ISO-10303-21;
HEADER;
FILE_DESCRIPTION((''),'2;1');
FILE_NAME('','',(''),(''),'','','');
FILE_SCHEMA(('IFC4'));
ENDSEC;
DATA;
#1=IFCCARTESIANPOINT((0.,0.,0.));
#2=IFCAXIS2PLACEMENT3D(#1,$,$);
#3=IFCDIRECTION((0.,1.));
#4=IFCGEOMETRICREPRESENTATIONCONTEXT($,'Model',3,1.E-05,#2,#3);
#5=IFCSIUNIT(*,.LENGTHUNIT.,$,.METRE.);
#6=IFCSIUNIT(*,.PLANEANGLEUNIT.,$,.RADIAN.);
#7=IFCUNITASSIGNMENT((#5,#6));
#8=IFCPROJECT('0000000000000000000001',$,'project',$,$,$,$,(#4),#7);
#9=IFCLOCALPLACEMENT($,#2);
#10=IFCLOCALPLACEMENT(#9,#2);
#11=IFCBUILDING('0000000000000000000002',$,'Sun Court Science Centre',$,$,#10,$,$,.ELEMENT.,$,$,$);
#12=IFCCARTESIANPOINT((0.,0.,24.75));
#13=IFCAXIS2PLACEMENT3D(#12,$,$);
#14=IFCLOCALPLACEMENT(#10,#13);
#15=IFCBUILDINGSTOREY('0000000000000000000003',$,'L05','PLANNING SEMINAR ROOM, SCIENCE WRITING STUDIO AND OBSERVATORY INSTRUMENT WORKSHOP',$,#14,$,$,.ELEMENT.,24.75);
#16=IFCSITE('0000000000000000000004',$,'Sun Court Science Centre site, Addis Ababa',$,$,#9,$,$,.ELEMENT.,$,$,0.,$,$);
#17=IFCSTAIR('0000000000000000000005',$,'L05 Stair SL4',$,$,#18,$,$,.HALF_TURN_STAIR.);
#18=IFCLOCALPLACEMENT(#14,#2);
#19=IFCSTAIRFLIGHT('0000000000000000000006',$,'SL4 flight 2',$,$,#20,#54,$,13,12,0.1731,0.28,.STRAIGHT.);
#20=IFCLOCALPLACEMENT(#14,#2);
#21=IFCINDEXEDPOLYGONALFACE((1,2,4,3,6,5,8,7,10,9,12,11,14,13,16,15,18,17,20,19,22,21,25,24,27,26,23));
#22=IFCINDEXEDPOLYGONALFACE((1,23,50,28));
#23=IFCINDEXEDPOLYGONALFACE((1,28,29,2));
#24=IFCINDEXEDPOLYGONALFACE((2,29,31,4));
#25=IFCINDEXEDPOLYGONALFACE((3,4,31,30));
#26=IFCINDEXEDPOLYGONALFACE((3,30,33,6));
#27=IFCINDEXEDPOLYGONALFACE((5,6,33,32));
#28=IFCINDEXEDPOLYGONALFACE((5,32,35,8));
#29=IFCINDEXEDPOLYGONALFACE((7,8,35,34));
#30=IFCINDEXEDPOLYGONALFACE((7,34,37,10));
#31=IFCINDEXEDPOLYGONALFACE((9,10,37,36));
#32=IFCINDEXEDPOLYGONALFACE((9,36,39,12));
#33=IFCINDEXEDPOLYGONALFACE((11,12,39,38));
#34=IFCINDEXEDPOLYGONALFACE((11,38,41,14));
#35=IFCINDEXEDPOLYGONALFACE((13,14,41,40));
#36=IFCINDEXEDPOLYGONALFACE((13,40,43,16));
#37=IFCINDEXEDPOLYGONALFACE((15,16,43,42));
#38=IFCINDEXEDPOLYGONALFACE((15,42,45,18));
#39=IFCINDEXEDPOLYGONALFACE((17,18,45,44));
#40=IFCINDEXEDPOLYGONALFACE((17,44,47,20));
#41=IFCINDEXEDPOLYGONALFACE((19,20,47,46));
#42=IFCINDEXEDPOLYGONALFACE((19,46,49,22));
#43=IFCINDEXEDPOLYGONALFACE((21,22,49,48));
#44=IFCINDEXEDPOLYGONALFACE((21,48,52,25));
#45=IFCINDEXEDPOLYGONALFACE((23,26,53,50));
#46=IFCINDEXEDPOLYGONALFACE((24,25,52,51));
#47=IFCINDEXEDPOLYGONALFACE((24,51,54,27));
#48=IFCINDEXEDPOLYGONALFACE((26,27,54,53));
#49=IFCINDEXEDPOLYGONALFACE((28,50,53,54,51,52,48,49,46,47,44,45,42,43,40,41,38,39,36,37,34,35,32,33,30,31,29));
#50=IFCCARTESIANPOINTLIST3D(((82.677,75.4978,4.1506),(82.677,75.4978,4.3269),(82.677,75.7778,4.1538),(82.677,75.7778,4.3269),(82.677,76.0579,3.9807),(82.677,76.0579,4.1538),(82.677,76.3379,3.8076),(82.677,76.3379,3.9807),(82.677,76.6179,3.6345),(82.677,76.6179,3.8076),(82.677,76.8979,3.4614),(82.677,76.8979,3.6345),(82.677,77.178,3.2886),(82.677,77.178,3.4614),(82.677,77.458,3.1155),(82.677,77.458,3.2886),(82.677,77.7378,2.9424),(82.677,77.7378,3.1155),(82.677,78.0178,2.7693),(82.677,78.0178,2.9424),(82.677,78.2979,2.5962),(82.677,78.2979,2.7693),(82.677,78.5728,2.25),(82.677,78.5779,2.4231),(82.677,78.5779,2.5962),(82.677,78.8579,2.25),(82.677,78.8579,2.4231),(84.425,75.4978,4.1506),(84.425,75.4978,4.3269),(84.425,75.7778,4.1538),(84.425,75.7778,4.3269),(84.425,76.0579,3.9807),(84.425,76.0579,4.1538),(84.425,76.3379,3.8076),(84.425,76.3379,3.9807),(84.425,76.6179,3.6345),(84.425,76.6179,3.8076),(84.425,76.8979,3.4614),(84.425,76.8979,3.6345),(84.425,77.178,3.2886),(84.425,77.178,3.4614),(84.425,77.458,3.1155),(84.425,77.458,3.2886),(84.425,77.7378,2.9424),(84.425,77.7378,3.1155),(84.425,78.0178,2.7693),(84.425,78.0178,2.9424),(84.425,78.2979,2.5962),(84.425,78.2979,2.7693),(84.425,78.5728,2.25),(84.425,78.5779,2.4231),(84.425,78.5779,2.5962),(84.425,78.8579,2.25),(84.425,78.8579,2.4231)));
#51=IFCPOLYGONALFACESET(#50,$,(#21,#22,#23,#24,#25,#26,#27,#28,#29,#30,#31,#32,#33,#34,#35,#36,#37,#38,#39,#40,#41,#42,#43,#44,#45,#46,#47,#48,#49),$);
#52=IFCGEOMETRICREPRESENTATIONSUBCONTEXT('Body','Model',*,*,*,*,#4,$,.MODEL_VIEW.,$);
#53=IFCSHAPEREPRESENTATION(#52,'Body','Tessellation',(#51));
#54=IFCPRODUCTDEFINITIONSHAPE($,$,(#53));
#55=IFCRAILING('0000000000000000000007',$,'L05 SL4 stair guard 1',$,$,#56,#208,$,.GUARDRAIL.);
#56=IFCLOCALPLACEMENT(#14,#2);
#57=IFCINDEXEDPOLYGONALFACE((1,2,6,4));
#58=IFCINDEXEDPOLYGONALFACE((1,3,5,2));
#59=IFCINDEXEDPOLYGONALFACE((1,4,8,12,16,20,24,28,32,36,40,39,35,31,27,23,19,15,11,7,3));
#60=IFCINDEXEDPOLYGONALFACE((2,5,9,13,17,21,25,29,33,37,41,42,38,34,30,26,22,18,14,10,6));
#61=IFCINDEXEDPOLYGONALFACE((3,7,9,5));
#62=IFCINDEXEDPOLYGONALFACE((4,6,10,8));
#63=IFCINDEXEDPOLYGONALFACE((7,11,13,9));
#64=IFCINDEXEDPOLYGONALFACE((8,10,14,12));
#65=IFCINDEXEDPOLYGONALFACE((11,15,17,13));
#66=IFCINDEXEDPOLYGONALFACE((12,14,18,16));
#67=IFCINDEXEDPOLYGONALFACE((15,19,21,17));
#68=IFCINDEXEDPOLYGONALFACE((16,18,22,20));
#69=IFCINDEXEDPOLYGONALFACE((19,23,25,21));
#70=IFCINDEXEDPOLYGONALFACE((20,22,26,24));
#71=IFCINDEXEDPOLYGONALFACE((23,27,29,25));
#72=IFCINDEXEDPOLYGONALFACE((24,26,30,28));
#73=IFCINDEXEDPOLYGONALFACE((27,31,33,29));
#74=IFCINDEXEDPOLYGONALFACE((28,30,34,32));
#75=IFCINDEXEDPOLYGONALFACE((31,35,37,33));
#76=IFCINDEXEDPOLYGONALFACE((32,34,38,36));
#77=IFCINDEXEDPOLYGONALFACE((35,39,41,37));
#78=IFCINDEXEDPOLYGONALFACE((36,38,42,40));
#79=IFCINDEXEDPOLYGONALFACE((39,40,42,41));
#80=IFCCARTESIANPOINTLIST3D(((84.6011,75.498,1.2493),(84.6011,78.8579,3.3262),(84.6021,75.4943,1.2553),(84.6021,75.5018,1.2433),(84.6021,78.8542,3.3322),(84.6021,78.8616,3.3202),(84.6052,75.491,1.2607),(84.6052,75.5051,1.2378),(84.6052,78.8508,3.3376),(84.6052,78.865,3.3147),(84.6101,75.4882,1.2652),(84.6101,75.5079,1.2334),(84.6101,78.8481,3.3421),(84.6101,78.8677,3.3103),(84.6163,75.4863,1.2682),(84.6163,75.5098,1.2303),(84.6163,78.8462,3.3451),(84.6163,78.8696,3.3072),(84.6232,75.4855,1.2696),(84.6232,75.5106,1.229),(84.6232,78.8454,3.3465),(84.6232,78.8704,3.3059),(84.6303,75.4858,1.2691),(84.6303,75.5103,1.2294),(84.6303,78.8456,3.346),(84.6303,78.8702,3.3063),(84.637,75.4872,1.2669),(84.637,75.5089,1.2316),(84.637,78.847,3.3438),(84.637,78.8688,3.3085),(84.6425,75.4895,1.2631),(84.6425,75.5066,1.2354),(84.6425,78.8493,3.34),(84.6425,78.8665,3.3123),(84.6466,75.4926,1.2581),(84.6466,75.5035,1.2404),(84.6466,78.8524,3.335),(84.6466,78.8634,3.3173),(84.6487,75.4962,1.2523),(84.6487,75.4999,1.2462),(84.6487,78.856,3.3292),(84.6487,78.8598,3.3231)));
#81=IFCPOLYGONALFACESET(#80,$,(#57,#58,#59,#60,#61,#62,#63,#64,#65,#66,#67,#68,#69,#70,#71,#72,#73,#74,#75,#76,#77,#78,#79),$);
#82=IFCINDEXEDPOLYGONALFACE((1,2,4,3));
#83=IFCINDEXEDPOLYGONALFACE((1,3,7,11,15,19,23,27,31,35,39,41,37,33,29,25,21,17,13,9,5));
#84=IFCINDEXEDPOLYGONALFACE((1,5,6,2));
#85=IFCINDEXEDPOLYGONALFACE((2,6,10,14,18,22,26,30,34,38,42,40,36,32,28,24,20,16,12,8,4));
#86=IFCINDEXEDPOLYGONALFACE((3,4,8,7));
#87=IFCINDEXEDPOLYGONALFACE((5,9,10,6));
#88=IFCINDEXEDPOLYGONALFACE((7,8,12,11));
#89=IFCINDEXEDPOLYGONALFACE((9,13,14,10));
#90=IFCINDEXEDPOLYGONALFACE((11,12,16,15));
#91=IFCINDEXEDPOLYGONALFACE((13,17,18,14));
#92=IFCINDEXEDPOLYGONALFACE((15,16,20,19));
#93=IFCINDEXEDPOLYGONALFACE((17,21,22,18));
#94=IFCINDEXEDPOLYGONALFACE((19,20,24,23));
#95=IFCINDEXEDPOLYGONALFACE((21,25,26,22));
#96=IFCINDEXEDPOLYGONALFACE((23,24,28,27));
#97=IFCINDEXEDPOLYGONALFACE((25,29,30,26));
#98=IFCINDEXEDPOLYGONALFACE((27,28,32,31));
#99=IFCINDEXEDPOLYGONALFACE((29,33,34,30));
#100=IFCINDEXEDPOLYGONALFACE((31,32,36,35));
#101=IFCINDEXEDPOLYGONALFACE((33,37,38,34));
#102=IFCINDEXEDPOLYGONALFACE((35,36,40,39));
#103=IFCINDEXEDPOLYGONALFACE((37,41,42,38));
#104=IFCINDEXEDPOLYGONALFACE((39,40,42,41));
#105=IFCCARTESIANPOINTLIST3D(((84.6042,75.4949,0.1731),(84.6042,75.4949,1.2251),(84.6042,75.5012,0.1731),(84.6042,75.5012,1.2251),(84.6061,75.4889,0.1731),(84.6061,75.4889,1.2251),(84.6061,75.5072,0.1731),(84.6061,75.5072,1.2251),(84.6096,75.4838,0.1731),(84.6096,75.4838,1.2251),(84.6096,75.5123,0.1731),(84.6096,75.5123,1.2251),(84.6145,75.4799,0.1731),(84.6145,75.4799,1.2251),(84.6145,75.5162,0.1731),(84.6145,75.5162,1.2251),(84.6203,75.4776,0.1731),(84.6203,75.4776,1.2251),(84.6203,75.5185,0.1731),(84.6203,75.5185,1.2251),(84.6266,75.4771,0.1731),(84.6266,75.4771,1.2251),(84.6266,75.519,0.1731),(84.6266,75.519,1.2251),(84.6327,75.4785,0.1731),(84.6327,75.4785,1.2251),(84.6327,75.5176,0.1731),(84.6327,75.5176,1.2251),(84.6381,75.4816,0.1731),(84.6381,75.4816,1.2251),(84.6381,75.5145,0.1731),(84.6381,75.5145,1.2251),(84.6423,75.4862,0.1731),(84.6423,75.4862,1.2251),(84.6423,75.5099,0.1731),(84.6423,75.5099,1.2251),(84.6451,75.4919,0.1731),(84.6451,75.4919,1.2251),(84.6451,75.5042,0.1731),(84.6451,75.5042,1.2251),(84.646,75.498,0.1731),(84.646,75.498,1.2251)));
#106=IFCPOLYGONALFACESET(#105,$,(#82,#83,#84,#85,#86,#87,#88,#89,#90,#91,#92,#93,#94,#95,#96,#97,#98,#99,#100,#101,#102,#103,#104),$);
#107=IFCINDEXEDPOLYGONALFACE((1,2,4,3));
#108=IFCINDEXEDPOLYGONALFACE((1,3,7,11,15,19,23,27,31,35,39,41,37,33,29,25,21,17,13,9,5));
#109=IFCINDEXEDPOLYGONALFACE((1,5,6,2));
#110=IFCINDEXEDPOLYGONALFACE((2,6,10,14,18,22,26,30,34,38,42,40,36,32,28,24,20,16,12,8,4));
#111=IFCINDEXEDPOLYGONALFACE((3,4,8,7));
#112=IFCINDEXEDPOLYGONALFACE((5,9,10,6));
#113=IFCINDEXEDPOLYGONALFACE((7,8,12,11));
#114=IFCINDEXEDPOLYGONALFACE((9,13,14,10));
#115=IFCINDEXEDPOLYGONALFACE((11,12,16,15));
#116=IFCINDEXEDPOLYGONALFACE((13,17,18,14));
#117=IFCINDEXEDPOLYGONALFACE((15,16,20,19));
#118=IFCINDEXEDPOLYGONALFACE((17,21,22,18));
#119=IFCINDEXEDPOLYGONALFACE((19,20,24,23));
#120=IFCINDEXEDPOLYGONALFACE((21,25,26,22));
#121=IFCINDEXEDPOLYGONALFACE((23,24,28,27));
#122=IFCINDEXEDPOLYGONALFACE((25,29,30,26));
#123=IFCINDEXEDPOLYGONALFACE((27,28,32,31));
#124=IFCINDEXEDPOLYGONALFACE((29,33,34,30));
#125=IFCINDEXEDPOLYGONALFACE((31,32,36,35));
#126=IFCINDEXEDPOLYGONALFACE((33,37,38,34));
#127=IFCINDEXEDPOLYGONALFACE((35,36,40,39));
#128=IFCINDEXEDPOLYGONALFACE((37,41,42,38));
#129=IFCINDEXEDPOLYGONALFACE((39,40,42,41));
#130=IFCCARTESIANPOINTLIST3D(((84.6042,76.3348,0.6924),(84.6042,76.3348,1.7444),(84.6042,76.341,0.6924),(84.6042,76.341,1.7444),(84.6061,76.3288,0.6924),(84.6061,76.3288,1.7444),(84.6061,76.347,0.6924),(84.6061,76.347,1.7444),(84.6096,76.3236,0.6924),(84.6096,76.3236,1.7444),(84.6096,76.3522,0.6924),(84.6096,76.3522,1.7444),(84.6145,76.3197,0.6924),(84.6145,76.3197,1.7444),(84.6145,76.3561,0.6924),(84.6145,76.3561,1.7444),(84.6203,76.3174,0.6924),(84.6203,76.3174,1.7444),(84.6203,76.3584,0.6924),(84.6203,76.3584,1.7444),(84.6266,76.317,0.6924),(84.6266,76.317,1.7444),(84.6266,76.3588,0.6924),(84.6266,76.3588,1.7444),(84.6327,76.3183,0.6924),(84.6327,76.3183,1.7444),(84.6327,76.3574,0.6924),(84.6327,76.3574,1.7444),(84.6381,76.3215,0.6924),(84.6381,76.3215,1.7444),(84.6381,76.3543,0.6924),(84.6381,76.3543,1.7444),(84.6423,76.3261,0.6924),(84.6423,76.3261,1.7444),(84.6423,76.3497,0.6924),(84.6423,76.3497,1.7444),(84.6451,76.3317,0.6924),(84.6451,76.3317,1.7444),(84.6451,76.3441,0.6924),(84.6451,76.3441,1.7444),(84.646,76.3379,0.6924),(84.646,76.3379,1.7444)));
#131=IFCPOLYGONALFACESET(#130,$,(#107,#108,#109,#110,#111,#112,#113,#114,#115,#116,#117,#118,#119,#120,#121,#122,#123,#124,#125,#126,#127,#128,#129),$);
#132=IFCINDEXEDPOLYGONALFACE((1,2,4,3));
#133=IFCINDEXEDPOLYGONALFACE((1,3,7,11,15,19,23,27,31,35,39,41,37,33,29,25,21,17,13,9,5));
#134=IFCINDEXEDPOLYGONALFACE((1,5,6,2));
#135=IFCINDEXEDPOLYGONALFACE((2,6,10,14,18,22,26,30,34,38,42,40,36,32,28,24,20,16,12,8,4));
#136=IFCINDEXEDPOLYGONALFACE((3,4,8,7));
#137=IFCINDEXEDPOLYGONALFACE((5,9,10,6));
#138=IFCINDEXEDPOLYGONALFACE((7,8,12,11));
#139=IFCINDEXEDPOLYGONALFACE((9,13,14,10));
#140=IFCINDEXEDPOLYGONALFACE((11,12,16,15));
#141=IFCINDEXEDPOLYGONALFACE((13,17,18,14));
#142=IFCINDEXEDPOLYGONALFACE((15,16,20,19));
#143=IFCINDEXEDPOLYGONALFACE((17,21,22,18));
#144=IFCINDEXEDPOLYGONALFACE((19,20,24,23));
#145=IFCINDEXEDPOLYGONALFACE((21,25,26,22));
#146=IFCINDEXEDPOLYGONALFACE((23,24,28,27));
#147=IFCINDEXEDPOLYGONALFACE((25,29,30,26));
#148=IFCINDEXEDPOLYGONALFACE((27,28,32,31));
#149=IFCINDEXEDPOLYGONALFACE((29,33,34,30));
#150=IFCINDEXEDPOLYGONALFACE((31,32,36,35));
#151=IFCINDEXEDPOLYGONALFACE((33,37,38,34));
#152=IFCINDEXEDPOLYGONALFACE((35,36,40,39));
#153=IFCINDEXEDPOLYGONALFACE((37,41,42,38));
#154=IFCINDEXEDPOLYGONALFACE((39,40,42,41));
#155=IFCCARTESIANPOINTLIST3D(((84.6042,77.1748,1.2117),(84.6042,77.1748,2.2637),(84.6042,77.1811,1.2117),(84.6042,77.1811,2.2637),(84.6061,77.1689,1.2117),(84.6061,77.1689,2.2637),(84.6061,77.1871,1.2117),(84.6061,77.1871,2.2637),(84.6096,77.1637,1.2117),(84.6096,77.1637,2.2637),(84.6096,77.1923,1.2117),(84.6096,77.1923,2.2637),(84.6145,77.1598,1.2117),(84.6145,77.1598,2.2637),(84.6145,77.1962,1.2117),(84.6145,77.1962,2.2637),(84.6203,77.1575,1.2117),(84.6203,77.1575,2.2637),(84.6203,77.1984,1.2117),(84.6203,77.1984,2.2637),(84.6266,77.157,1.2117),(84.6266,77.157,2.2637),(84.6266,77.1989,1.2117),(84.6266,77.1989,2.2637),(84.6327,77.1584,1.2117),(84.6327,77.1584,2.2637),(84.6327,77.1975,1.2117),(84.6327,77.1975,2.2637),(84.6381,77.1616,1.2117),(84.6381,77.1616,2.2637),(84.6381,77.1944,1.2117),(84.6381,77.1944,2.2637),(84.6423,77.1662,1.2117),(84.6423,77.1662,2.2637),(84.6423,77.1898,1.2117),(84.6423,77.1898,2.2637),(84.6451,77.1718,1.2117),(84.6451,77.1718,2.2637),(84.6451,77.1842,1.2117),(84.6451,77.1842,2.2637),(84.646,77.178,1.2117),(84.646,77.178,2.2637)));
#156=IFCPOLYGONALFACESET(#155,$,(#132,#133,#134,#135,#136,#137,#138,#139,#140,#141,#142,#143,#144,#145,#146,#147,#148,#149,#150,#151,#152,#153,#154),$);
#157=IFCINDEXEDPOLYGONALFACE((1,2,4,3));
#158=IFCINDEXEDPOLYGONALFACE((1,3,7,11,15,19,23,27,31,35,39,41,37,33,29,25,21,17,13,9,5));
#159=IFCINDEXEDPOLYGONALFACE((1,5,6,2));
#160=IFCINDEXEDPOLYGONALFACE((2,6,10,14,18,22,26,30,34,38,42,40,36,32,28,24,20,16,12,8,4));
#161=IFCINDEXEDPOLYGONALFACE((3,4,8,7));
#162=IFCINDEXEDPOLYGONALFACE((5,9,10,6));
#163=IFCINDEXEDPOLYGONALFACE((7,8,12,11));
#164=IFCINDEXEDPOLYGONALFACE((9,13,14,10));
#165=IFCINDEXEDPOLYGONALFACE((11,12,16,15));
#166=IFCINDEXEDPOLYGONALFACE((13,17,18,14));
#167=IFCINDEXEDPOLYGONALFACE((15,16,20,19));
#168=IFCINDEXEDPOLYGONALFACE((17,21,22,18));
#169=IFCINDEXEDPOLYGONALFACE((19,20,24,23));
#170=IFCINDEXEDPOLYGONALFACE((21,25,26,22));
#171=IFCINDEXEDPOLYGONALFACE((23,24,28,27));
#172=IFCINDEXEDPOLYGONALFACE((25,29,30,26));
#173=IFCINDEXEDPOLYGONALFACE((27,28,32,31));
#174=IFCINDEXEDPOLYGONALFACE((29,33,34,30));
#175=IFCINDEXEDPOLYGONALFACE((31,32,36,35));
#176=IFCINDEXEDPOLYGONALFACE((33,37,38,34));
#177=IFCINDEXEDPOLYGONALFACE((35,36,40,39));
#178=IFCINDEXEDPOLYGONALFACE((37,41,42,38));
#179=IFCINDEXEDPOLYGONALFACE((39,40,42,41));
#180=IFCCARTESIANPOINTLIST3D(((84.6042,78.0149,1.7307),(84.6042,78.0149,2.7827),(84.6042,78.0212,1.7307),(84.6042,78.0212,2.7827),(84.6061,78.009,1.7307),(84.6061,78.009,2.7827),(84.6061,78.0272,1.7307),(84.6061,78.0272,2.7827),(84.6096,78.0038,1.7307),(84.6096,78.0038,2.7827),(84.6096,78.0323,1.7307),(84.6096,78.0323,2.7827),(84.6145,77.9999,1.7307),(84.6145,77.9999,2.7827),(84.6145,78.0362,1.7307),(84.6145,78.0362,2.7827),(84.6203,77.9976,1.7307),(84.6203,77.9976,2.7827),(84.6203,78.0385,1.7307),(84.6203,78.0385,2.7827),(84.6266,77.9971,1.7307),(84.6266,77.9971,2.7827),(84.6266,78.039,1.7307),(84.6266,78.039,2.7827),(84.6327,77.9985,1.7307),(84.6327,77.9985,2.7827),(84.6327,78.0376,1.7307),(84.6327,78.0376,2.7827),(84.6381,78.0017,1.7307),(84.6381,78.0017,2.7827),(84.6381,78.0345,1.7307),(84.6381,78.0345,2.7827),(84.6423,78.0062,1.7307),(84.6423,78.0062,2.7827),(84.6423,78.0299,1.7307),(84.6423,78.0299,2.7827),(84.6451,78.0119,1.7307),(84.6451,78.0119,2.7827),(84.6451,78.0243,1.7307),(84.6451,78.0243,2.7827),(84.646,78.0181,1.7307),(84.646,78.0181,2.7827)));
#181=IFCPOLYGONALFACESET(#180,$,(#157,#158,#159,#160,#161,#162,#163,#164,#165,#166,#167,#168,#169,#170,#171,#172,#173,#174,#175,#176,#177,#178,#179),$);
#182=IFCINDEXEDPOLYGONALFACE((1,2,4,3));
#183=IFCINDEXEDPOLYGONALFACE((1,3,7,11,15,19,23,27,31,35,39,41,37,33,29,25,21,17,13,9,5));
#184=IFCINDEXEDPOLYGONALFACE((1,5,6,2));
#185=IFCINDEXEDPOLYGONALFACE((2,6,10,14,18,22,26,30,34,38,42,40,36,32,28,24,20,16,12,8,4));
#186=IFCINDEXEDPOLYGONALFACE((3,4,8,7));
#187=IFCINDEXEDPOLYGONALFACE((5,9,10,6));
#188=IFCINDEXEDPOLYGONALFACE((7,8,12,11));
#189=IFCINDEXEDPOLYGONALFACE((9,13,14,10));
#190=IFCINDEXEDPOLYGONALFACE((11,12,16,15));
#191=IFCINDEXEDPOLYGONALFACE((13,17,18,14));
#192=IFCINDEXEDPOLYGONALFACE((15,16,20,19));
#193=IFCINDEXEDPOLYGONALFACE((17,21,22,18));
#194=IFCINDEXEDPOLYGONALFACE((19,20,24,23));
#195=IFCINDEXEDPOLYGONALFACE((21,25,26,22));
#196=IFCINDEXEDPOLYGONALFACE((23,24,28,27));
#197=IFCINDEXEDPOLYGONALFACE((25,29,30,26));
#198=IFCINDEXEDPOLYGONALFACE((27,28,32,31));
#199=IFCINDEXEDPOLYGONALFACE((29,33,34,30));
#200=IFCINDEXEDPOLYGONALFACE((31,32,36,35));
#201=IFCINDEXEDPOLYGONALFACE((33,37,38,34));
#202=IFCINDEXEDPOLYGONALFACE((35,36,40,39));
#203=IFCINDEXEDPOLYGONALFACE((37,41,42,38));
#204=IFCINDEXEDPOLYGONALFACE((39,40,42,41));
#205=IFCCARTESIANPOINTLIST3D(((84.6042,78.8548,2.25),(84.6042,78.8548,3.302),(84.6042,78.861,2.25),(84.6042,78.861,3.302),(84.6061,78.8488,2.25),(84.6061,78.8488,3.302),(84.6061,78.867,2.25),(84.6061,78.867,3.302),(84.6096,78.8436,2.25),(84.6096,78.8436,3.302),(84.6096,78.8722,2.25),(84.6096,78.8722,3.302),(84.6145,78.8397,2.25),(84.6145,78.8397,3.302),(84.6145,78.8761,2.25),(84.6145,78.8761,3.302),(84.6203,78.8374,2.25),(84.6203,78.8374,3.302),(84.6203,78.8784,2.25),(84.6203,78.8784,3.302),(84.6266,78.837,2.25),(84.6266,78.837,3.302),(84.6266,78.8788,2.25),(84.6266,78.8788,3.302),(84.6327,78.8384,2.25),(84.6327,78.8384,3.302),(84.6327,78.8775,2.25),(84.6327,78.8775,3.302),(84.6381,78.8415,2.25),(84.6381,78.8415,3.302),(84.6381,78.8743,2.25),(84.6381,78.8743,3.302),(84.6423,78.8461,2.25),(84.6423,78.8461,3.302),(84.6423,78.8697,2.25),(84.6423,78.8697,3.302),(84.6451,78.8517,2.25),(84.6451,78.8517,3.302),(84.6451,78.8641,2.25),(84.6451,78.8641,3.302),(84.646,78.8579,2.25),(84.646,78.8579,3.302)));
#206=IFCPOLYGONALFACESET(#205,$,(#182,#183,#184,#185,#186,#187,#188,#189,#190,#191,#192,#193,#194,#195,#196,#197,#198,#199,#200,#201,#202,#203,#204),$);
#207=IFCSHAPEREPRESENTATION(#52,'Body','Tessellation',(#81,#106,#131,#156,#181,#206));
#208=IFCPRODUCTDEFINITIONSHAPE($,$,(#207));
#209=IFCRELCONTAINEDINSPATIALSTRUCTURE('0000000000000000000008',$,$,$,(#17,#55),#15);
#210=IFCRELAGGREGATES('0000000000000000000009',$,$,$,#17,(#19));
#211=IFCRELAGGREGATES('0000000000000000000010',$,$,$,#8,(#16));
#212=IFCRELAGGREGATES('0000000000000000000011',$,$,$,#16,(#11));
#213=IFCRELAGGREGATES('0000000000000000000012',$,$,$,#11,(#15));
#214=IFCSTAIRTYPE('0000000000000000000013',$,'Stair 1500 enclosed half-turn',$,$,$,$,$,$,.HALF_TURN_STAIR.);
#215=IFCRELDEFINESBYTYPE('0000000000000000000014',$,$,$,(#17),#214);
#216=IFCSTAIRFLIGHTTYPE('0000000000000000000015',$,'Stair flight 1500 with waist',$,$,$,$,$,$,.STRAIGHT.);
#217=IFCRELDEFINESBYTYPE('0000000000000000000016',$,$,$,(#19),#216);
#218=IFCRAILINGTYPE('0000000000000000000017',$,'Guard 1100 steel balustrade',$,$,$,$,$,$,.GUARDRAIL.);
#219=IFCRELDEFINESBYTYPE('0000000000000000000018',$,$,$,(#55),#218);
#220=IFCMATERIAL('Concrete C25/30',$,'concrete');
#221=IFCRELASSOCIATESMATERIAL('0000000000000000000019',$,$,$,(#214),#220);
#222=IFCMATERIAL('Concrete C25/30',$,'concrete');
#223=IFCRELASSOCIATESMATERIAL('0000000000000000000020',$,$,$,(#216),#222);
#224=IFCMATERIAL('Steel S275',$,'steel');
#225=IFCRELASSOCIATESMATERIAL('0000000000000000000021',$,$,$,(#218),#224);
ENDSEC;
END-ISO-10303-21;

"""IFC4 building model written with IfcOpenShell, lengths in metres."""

from ifc_helpers import new_model, si_unit, direction, frame, origin, origin_2d, place, context, subcontext, project, spatial, polyline, circle, outline, extrude, material, type_object, element, aggregate, save


model = new_model("IFC4")

# Units and contexts
model_context = context("Model", 3, precision=1e-05, world=origin(), true_north=direction((0.0, 1.0)))
body_context = subcontext(model_context, "Body", "Model", "MODEL_VIEW")
ifc_project = project(units=[si_unit("LENGTHUNIT", "METRE"), si_unit("PLANEANGLEUNIT", "RADIAN")], contexts=[model_context])

# Site, building, storey
site_placement = place(None, origin())
site = spatial("IfcSite", under=ifc_project, at=site_placement, Name="Sun Court Science Centre site, Addis Ababa", CompositionType="ELEMENT", RefElevation=0.0)
building_placement = place(site_placement, origin())
building = spatial("IfcBuilding", under=site, at=building_placement, Name="Sun Court Science Centre", CompositionType="ELEMENT")
storey_placement = place(building_placement, frame((0.0, 0.0, 24.75)))
storey = spatial("IfcBuildingStorey", under=building, at=storey_placement, Name="L05", Description="PLANNING SEMINAR ROOM, SCIENCE WRITING STUDIO AND OBSERVATORY INSTRUMENT WORKSHOP", CompositionType="ELEMENT", Elevation=24.75)

# Stair, stair flight
ifc_material_1 = material(Name="Concrete C25/30", Category="concrete")
stair_type = type_object("IfcStairType", Name="Stair 1500 enclosed half-turn", PredefinedType="HALF_TURN_STAIR", material=ifc_material_1)
stair_placement = place(storey_placement, origin())
stair = element("IfcStair", 1, at=stair_placement, inside=storey, type_object=stair_type, Name="L05 Stair SL4", PredefinedType="HALF_TURN_STAIR")
ifc_material_2 = material(Name="Concrete C25/30", Category="concrete")
stair_flight_type = type_object("IfcStairFlightType", Name="Stair flight 1500 with waist", PredefinedType="STRAIGHT", material=ifc_material_2)
stair_flight_1_placement = place(storey_placement, frame((83.551, 78.8579, 2.25), z_axis=(0.0, 0.0, 1.0), x_axis=(0.0, -1.0, 0.0)))
stair_flight_1 = element("IfcStairFlight", 2, at=stair_flight_1_placement, type_object=stair_flight_type, Name="SL4 flight 2", NumberOfRisers=13, NumberOfTreads=12, PredefinedType="STRAIGHT", RiserHeight=0.1731, TreadLength=0.28, context=body_context, shape_type="SweptSolid", body=[
    extrude(outline(polyline([(0.0, 0.0), (0.0, 0.1731), (0.28, 0.1731), (0.28, 0.3462), (0.5601, 0.3462), (0.5601, 0.5193), (0.8401, 0.5193), (0.8401, 0.6924), (1.1201, 0.6924), (1.1201, 0.8655), (1.3999, 0.8655), (1.3999, 1.0386), (1.6799, 1.0386), (1.6799, 1.2114), (1.96, 1.2114), (1.96, 1.3845), (2.24, 1.3845), (2.24, 1.5576), (2.52, 1.5576), (2.52, 1.7307), (2.8, 1.7307), (2.8, 1.9038), (3.0801, 1.9038), (3.0801, 2.0769), (3.3601, 2.0769), (3.3601, 2.25), (3.3601, 1.9006), (0.2852, 0.0), (0.0, 0.0)])), frame((0.0, 0.874, 0.0), z_axis=(0.0, -1.0, 0.0), x_axis=(1.0, 0.0, 0.0)), (0.0, 0.0, 1.0), 1.748),
])
aggregate(stair, [stair_flight_1])

# Railing
ifc_material_3 = material(Name="Steel S275", Category="steel")
railing_type_1 = type_object("IfcRailingType", Name="Guard 1100 steel balustrade", PredefinedType="GUARDRAIL", material=ifc_material_3)
railing_1_placement = place(storey_placement, frame((84.625, 75.498, 0.1731)))
element("IfcRailing", 3, at=railing_1_placement, inside=storey, type_object=railing_type_1, Name="L05 SL4 stair guard 1", PredefinedType="GUARDRAIL", context=body_context, shape_type="SweptSolid", body=[
    extrude(circle(Radius=0.0239, at=origin_2d()), frame((0.0, 0.0, 1.0762), z_axis=(0.0, 0.850606, 0.525803), x_axis=(-1.0, 0.0, 0.0)), (0.0, 0.0, 1.0), 3.95),
    extrude(circle(Radius=0.021, at=origin_2d()), origin(), (0.0, 0.0, 1.0), 1.052),
    extrude(circle(Radius=0.021, at=origin_2d()), frame((0.0, 0.8398, 0.5193)), (0.0, 0.0, 1.0), 1.052),
    extrude(circle(Radius=0.021, at=origin_2d()), frame((0.0, 1.6799, 1.0386)), (0.0, 0.0, 1.0), 1.052),
    extrude(circle(Radius=0.021, at=origin_2d()), frame((0.0, 2.52, 1.5576)), (0.0, 0.0, 1.0), 1.052),
    extrude(circle(Radius=0.021, at=origin_2d()), frame((0.0, 3.3599, 2.0769)), (0.0, 0.0, 1.0), 1.052),
])

save(model, "model.ifc")
